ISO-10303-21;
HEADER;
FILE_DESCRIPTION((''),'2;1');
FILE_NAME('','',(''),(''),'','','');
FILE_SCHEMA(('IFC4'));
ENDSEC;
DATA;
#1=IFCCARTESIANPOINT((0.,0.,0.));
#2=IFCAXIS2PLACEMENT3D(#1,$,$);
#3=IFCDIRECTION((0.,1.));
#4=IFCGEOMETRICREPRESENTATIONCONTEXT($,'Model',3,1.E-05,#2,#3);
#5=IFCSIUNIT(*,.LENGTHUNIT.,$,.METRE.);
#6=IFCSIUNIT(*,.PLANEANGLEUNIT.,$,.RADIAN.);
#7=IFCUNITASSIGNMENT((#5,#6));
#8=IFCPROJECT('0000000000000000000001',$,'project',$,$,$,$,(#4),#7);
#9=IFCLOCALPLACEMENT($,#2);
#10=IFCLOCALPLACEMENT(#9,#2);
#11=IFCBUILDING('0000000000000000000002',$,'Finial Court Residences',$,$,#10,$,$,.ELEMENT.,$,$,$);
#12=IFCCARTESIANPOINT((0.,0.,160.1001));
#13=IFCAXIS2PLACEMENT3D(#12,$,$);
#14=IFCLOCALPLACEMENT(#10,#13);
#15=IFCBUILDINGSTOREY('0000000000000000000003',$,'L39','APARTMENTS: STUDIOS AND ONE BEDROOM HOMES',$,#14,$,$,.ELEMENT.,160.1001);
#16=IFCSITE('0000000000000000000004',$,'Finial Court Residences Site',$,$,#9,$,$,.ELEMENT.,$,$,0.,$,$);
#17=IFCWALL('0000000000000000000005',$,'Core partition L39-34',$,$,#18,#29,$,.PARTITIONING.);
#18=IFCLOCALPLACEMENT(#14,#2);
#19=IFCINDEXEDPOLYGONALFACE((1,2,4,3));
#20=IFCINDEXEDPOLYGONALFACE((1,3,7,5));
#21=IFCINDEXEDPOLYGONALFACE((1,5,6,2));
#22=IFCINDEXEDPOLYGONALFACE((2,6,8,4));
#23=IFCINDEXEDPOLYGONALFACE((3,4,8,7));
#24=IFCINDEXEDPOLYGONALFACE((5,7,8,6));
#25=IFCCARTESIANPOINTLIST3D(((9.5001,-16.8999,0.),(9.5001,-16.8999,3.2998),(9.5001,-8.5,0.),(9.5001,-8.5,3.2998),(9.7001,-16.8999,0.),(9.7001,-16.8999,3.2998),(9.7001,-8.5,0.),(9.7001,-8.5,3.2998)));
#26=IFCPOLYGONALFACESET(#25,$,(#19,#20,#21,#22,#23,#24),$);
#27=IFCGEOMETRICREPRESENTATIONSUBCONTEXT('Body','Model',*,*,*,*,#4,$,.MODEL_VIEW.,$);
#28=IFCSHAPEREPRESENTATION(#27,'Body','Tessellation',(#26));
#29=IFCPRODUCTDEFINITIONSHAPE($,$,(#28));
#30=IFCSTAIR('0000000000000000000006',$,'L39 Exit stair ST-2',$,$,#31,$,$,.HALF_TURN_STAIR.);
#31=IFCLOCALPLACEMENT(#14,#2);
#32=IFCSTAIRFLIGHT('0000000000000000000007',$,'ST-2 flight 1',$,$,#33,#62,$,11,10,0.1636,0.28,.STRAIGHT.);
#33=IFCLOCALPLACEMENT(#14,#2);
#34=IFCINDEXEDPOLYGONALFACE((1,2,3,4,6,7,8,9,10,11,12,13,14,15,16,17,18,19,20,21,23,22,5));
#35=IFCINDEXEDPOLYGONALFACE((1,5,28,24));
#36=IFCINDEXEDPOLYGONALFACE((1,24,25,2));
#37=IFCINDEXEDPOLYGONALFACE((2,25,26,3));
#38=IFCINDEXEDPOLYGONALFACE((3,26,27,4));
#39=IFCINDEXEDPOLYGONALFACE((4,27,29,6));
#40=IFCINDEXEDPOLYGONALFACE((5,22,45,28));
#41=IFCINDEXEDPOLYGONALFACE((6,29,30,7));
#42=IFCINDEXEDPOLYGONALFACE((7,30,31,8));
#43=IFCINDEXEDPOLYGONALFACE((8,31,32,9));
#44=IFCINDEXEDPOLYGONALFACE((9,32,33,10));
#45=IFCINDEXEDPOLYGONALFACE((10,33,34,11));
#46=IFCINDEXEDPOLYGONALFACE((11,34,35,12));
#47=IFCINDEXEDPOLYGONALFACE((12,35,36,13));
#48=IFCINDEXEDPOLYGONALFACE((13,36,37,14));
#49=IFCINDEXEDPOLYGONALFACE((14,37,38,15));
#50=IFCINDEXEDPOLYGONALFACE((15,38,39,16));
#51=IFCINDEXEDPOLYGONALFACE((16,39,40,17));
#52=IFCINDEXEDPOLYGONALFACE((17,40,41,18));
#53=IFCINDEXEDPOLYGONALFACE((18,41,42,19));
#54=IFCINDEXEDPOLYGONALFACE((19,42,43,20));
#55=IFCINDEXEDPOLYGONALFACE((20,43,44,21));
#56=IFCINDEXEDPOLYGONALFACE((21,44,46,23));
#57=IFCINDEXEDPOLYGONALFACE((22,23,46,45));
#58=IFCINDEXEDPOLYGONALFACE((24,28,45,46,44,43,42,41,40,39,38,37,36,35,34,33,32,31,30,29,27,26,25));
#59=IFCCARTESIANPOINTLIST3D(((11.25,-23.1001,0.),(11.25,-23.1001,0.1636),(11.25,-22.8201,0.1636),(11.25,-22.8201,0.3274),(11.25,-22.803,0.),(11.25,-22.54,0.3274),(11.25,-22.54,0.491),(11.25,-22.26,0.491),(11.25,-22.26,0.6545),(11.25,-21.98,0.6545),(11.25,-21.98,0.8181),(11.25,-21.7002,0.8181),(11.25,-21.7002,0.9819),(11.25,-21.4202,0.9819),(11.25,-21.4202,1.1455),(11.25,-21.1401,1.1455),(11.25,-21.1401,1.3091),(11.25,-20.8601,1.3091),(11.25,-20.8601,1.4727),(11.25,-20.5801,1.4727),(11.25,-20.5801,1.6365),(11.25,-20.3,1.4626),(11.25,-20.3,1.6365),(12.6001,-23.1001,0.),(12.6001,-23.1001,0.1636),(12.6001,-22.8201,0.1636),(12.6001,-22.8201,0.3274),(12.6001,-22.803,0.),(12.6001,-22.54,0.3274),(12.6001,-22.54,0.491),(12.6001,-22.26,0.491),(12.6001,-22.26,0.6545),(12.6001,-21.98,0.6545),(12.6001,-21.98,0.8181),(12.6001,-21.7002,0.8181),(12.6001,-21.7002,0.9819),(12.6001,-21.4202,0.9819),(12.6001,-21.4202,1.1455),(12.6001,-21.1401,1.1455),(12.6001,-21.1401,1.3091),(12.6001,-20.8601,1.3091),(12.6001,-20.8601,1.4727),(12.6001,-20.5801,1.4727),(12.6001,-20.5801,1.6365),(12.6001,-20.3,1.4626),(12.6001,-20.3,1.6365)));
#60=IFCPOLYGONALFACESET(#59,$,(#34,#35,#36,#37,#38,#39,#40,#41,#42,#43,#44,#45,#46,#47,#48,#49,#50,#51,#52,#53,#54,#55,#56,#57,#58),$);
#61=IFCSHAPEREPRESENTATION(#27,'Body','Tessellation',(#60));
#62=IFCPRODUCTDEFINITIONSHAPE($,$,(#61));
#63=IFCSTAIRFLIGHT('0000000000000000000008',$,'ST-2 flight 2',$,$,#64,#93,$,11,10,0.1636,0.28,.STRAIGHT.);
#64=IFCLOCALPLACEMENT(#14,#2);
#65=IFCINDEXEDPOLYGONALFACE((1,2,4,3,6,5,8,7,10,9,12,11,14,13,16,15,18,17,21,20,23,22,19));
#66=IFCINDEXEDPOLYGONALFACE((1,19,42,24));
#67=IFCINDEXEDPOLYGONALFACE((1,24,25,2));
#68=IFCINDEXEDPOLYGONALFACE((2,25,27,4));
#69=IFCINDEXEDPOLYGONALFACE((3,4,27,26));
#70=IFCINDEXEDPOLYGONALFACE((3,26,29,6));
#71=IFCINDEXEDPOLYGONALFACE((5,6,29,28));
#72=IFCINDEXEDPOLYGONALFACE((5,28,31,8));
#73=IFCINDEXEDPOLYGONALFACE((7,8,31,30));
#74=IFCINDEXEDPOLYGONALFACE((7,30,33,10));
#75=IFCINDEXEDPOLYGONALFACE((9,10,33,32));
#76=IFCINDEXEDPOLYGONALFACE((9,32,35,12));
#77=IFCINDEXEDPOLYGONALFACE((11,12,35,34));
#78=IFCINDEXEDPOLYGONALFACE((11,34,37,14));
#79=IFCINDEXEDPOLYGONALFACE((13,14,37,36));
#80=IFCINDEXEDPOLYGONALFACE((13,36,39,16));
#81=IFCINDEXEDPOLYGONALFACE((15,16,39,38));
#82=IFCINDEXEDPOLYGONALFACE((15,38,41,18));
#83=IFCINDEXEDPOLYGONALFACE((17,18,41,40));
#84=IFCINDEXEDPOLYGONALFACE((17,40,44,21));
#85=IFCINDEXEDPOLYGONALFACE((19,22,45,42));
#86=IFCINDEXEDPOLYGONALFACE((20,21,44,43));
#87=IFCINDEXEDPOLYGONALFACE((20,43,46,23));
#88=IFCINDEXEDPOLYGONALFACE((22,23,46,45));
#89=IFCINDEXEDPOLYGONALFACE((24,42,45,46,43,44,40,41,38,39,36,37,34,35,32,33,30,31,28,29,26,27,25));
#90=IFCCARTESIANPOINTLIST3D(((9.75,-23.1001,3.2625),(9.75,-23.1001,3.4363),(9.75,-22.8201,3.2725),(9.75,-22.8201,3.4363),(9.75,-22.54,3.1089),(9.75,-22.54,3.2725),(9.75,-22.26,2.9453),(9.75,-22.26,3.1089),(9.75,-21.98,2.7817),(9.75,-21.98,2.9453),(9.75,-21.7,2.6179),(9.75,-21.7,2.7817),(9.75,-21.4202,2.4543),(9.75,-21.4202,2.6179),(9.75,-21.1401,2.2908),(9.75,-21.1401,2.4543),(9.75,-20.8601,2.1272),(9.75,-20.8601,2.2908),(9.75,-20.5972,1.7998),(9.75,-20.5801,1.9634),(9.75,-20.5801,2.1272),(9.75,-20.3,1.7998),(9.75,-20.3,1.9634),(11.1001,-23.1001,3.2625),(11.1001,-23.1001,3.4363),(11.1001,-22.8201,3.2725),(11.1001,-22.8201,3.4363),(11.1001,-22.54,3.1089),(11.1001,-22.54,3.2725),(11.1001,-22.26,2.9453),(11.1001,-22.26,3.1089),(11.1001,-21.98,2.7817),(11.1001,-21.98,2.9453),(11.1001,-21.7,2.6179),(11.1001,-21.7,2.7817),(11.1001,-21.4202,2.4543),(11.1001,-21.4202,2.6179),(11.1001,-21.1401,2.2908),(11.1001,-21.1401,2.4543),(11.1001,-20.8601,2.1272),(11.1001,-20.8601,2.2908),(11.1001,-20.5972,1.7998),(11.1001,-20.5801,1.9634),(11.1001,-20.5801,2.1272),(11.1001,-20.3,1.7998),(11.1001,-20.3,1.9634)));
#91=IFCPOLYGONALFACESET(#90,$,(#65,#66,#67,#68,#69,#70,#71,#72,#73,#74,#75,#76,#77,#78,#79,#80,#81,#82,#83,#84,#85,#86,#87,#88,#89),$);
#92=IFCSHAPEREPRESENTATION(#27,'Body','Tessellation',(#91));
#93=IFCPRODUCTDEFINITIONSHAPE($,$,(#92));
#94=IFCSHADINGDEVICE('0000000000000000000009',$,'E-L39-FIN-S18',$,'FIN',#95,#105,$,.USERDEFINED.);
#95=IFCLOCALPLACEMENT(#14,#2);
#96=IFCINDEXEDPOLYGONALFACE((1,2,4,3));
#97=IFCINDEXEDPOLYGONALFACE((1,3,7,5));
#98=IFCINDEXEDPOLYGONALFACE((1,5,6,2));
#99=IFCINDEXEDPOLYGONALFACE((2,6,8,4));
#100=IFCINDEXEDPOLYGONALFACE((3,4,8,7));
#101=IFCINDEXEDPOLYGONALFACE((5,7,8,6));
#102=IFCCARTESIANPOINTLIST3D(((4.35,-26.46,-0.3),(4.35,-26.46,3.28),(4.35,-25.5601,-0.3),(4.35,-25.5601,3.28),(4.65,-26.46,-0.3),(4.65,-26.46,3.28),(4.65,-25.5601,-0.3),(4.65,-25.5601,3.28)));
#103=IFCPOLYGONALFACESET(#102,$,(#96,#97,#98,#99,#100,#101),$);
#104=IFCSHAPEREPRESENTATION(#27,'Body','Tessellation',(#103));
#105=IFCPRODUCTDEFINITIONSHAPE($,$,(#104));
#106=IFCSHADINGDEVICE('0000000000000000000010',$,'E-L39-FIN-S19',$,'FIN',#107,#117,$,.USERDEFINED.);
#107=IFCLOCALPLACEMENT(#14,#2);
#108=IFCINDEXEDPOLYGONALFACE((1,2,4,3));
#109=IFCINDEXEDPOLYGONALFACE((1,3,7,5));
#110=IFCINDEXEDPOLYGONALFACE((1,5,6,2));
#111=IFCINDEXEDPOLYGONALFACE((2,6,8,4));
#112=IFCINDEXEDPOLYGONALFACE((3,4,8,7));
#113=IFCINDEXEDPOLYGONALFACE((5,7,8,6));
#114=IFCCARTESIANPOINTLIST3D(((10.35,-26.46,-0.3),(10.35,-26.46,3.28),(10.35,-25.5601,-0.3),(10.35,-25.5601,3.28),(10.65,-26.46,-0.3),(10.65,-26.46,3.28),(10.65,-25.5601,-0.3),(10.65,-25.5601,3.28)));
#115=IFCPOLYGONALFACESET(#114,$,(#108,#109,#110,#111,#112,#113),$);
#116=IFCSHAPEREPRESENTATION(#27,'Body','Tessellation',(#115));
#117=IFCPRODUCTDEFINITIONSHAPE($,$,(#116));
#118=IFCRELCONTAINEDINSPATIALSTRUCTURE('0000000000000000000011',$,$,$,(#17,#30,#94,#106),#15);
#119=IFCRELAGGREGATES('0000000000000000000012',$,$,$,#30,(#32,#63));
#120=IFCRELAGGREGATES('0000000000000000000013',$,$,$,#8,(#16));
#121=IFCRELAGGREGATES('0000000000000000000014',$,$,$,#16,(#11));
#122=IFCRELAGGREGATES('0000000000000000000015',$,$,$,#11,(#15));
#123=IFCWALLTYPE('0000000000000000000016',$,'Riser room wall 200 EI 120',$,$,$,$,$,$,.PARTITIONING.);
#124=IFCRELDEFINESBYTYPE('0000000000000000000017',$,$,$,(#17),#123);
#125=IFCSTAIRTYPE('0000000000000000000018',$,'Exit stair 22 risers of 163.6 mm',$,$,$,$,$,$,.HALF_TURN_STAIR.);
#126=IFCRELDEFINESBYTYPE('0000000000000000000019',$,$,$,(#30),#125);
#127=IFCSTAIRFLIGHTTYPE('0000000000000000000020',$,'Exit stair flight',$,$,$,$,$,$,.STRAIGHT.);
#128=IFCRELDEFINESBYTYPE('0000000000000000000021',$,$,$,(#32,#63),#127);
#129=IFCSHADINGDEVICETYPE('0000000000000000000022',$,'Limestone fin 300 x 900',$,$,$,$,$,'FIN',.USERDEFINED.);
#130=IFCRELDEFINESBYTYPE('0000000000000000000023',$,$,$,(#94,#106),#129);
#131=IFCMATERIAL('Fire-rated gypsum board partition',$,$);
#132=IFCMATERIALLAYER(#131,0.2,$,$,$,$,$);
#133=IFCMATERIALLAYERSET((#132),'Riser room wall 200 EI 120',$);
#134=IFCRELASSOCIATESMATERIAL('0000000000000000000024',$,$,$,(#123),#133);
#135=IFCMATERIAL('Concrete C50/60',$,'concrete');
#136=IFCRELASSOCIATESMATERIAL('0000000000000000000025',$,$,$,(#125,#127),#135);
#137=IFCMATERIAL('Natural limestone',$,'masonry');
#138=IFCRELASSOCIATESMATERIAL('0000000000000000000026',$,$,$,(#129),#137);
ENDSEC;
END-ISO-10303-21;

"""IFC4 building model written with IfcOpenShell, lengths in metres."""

from ifc_helpers import new_model, si_unit, direction, frame, frame_2d, origin, origin_2d, place, context, subcontext, project, spatial, polyline, rectangle, outline, extrude, material, layer, layer_set, type_object, element, aggregate, save


model = new_model("IFC4")

# Units and contexts
model_context = context("Model", 3, precision=1e-05, world=origin(), true_north=direction((0.0, 1.0)))
body_context = subcontext(model_context, "Body", "Model", "MODEL_VIEW")
ifc_project = project(units=[si_unit("LENGTHUNIT", "METRE"), si_unit("PLANEANGLEUNIT", "RADIAN")], contexts=[model_context])

# Site, building, storey
site_placement = place(None, origin())
site = spatial("IfcSite", under=ifc_project, at=site_placement, Name="Finial Court Residences Site", CompositionType="ELEMENT", RefElevation=0.0)
building_placement = place(site_placement, origin())
building = spatial("IfcBuilding", under=site, at=building_placement, Name="Finial Court Residences", CompositionType="ELEMENT")
storey_placement = place(building_placement, frame((0.0, 0.0, 160.1001)))
storey = spatial("IfcBuildingStorey", under=building, at=storey_placement, Name="L39", Description="APARTMENTS: STUDIOS AND ONE BEDROOM HOMES", CompositionType="ELEMENT", Elevation=160.1001)

# Shared definitions
ifc_material_1 = material(Name="Fire-rated gypsum board partition")

# Wall
ifc_layer_1 = layer(ifc_material_1, 0.2)
ifc_layer_set_1 = layer_set([ifc_layer_1], Name="Riser room wall 200 EI 120")
wall_type_1 = type_object("IfcWallType", Name="Riser room wall 200 EI 120", PredefinedType="PARTITIONING", material=ifc_layer_set_1)
wall_1_placement = place(storey_placement, frame((9.6001, -16.8999, 0.0), z_axis=(0.0, 0.0, 1.0), x_axis=(0.0, 1.0, 0.0)))
element("IfcWall", 1, at=wall_1_placement, inside=storey, type_object=wall_type_1, Name="Core partition L39-34", PredefinedType="PARTITIONING", context=body_context, shape_type="SweptSolid", body=[
    extrude(rectangle(XDim=8.3999, YDim=0.2, at=frame_2d((4.2, 0.0))), origin(), (0.0, 0.0, 1.0), 3.2998),
])

# Stair, stair flights
ifc_material_2 = material(Name="Concrete C50/60", Category="concrete")
stair_type = type_object("IfcStairType", Name="Exit stair 22 risers of 163.6 mm", PredefinedType="HALF_TURN_STAIR", material=ifc_material_2)
stair_placement = place(storey_placement, origin())
stair = element("IfcStair", 2, at=stair_placement, inside=storey, type_object=stair_type, Name="L39 Exit stair ST-2", PredefinedType="HALF_TURN_STAIR")
stair_flight_type = type_object("IfcStairFlightType", Name="Exit stair flight", PredefinedType="STRAIGHT", material=ifc_material_2)
stair_flight_1_placement = place(storey_placement, frame((11.925, -23.1001, 0.0), z_axis=(0.0, 0.0, 1.0), x_axis=(0.0, 1.0, 0.0)))
stair_flight_1 = element("IfcStairFlight", 3, at=stair_flight_1_placement, type_object=stair_flight_type, Name="ST-2 flight 1", NumberOfRisers=11, NumberOfTreads=10, PredefinedType="STRAIGHT", RiserHeight=0.1636, TreadLength=0.28, context=body_context, shape_type="SweptSolid", body=[
    extrude(outline(polyline([(0.0, 0.0), (0.0, 0.1636), (0.28, 0.1636), (0.28, 0.3274), (0.5601, 0.3274), (0.5601, 0.491), (0.8401, 0.491), (0.8401, 0.6545), (1.1201, 0.6545), (1.1201, 0.8181), (1.3999, 0.8181), (1.3999, 0.9819), (1.6799, 0.9819), (1.6799, 1.1455), (1.96, 1.1455), (1.96, 1.3091), (2.24, 1.3091), (2.24, 1.4727), (2.52, 1.4727), (2.52, 1.6365), (2.8, 1.6365), (2.8, 1.8), (2.8, 1.4626), (0.2971, 0.0), (0.0, 0.0)])), frame((0.0, 0.675, 0.0), z_axis=(0.0, -1.0, 0.0), x_axis=(1.0, 0.0, 0.0)), (0.0, 0.0, 1.0), 1.3501),
])
stair_flight_2_placement = place(storey_placement, frame((10.425, -20.3, 1.7998), z_axis=(0.0, 0.0, 1.0), x_axis=(0.0, -1.0, 0.0)))
stair_flight_2 = element("IfcStairFlight", 4, at=stair_flight_2_placement, type_object=stair_flight_type, Name="ST-2 flight 2", NumberOfRisers=11, NumberOfTreads=10, PredefinedType="STRAIGHT", RiserHeight=0.1636, TreadLength=0.28, context=body_context, shape_type="SweptSolid", body=[
    extrude(outline(polyline([(0.0, 0.0), (0.0, 0.1636), (0.28, 0.1636), (0.28, 0.3274), (0.5601, 0.3274), (0.5601, 0.491), (0.8401, 0.491), (0.8401, 0.6545), (1.1201, 0.6545), (1.1201, 0.8181), (1.3999, 0.8181), (1.3999, 0.9819), (1.6799, 0.9819), (1.6799, 1.1455), (1.96, 1.1455), (1.96, 1.3091), (2.24, 1.3091), (2.24, 1.4727), (2.52, 1.4727), (2.52, 1.6365), (2.8, 1.6365), (2.8, 1.8), (2.8, 1.4626), (0.2971, 0.0), (0.0, 0.0)])), frame((0.0, 0.675, 0.0), z_axis=(0.0, -1.0, 0.0), x_axis=(1.0, 0.0, 0.0)), (0.0, 0.0, 1.0), 1.3501),
])
aggregate(stair, [stair_flight_1, stair_flight_2])

# Shading devices
ifc_material_3 = material(Name="Natural limestone", Category="masonry")
shading_device_type = type_object("IfcShadingDeviceType", Name="Limestone fin 300 x 900", ElementType="FIN", PredefinedType="USERDEFINED", material=ifc_material_3)
for number, where, z_axis, x_axis, name in (
    (5, (4.5, -26.01, -0.3), (0.0, 0.0, 1.0), (1.0, 0.0, 0.0), "E-L39-FIN-S18"),
    (6, (10.5, -26.01, -0.3), (0.0, 0.0, 1.0), (1.0, 0.0, 0.0), "E-L39-FIN-S19"),
):
    element("IfcShadingDevice", number, at=place(storey_placement, frame(where, z_axis=z_axis, x_axis=x_axis)), inside=storey, type_object=shading_device_type, Name=name, ObjectType="FIN", PredefinedType="USERDEFINED", context=body_context, shape_type="SweptSolid", body=[
        extrude(rectangle(XDim=0.3, YDim=0.8999, at=origin_2d()), origin(), (0.0, 0.0, 1.0), 3.5801),
    ])

save(model, "model.ifc")
